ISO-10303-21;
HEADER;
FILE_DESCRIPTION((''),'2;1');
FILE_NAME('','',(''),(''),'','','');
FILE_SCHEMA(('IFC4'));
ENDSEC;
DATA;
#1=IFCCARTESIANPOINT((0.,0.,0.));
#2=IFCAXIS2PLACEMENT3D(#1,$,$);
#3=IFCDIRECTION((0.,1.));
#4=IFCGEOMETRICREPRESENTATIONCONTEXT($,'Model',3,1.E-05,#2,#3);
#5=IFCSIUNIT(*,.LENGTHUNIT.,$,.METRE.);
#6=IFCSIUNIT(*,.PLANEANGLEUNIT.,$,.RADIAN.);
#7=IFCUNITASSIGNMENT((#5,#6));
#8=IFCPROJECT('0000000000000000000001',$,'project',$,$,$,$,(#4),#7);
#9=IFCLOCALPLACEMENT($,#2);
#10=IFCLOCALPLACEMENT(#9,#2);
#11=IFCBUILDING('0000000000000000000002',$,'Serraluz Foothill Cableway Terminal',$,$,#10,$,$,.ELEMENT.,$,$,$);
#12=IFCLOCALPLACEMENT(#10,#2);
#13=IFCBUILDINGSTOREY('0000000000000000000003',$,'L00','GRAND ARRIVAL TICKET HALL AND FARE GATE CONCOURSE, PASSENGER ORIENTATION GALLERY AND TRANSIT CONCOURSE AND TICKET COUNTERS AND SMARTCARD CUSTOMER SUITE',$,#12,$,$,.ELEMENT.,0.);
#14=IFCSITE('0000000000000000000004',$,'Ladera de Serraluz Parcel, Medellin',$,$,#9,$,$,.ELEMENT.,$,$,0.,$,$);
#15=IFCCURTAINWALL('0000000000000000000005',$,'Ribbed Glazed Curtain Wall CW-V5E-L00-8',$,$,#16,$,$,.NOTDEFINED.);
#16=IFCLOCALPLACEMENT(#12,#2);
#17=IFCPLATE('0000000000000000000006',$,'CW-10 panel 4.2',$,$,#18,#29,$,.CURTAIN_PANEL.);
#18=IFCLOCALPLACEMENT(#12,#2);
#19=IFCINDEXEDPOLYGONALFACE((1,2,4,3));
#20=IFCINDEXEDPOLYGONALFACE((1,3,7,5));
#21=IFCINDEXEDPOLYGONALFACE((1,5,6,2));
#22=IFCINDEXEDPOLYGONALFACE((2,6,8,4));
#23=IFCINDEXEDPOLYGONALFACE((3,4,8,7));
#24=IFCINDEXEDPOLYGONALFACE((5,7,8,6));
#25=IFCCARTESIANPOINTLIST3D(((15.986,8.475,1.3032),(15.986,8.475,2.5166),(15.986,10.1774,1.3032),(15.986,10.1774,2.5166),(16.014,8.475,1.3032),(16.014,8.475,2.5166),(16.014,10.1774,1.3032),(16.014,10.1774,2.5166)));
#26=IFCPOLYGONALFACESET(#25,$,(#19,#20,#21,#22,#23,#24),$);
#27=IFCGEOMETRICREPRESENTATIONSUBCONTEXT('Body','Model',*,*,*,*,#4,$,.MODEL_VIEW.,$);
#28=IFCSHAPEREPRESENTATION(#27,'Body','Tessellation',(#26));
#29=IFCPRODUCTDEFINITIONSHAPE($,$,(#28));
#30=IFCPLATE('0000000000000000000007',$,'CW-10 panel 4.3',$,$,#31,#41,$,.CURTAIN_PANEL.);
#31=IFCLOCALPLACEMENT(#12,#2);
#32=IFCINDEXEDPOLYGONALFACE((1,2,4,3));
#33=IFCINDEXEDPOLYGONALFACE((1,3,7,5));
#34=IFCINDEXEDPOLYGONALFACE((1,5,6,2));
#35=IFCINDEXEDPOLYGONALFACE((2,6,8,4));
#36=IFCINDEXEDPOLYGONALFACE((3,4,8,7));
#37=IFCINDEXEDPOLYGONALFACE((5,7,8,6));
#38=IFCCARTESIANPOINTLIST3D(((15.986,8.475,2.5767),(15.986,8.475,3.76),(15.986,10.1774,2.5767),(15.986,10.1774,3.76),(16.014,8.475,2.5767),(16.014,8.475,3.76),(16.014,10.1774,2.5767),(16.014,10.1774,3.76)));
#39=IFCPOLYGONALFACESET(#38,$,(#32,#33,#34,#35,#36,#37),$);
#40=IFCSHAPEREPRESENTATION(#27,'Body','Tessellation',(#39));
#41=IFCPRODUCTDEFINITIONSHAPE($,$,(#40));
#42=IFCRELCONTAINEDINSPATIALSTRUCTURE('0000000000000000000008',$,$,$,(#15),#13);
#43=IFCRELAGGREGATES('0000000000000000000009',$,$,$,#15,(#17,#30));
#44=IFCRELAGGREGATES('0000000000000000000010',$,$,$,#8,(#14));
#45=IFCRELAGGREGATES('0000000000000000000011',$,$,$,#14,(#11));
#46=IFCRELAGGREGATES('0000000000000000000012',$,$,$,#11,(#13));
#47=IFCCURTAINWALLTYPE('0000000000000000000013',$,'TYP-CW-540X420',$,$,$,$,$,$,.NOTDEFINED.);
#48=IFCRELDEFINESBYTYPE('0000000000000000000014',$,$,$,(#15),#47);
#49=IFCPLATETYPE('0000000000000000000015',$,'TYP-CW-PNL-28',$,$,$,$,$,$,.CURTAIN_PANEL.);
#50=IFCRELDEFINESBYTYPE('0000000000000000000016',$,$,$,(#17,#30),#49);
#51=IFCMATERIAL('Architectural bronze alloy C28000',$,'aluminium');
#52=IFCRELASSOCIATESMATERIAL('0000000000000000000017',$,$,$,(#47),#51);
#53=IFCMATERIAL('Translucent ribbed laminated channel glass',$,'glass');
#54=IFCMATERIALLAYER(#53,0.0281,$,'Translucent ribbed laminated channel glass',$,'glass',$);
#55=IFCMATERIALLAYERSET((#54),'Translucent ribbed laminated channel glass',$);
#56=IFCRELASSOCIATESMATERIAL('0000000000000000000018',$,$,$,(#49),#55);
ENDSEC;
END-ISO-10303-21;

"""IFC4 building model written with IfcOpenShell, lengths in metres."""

from ifc_helpers import new_model, si_unit, direction, frame, origin, origin_2d, place, context, subcontext, project, spatial, rectangle, extrude, material, layer, layer_set, type_object, element, aggregate, save


model = new_model("IFC4")

# Units and contexts
model_context = context("Model", 3, precision=1e-05, world=origin(), true_north=direction((0.0, 1.0)))
body_context = subcontext(model_context, "Body", "Model", "MODEL_VIEW")
ifc_project = project(units=[si_unit("LENGTHUNIT", "METRE"), si_unit("PLANEANGLEUNIT", "RADIAN")], contexts=[model_context])

# Site, building, storey
site_placement = place(None, origin())
site = spatial("IfcSite", under=ifc_project, at=site_placement, Name="Ladera de Serraluz Parcel, Medellin", CompositionType="ELEMENT", RefElevation=0.0)
building_placement = place(site_placement, origin())
building = spatial("IfcBuilding", under=site, at=building_placement, Name="Serraluz Foothill Cableway Terminal", CompositionType="ELEMENT")
storey_placement = place(building_placement, origin())
storey = spatial("IfcBuildingStorey", under=building, at=storey_placement, Name="L00", Description="GRAND ARRIVAL TICKET HALL AND FARE GATE CONCOURSE, PASSENGER ORIENTATION GALLERY AND TRANSIT CONCOURSE AND TICKET COUNTERS AND SMARTCARD CUSTOMER SUITE", CompositionType="ELEMENT", Elevation=0.0)

# Shared definitions
ifc_material_1 = material(Name="Architectural bronze alloy C28000", Category="aluminium")

# Curtain wall
curtain_wall_type_1 = type_object("IfcCurtainWallType", Name="TYP-CW-540X420", PredefinedType="NOTDEFINED", material=ifc_material_1)
curtain_wall_1_placement = place(storey_placement, origin())
curtain_wall_1 = element("IfcCurtainWall", 1, at=curtain_wall_1_placement, inside=storey, type_object=curtain_wall_type_1, Name="Ribbed Glazed Curtain Wall CW-V5E-L00-8", PredefinedType="NOTDEFINED")

# Plates
ifc_material_2 = material(Name="Translucent ribbed laminated channel glass", Category="glass")
ifc_layer = layer(ifc_material_2, 0.0281, Name="Translucent ribbed laminated channel glass", Category="glass")
ifc_layer_set = layer_set([ifc_layer], Name="Translucent ribbed laminated channel glass")
plate_type = type_object("IfcPlateType", Name="TYP-CW-PNL-28", PredefinedType="CURTAIN_PANEL", material=ifc_layer_set)
plate_1_placement = place(storey_placement, frame((16.0, 9.3262, 1.3032), z_axis=(0.0, 0.0, 1.0), x_axis=(0.0, -1.0, 0.0)))
plate_1 = element("IfcPlate", 2, at=plate_1_placement, type_object=plate_type, Name="CW-10 panel 4.2", PredefinedType="CURTAIN_PANEL", context=body_context, shape_type="SweptSolid", body=[
    extrude(rectangle(XDim=1.7024, YDim=0.0281, at=origin_2d()), origin(), (0.0, 0.0, 1.0), 1.2134),
])
plate_2_placement = place(storey_placement, frame((16.0, 9.3262, 2.5767), z_axis=(0.0, 0.0, 1.0), x_axis=(0.0, -1.0, 0.0)))
plate_2 = element("IfcPlate", 3, at=plate_2_placement, type_object=plate_type, Name="CW-10 panel 4.3", PredefinedType="CURTAIN_PANEL", context=body_context, shape_type="SweptSolid", body=[
    extrude(rectangle(XDim=1.7024, YDim=0.0281, at=origin_2d()), origin(), (0.0, 0.0, 1.0), 1.1833),
])
aggregate(curtain_wall_1, [plate_1, plate_2])

save(model, "model.ifc")
